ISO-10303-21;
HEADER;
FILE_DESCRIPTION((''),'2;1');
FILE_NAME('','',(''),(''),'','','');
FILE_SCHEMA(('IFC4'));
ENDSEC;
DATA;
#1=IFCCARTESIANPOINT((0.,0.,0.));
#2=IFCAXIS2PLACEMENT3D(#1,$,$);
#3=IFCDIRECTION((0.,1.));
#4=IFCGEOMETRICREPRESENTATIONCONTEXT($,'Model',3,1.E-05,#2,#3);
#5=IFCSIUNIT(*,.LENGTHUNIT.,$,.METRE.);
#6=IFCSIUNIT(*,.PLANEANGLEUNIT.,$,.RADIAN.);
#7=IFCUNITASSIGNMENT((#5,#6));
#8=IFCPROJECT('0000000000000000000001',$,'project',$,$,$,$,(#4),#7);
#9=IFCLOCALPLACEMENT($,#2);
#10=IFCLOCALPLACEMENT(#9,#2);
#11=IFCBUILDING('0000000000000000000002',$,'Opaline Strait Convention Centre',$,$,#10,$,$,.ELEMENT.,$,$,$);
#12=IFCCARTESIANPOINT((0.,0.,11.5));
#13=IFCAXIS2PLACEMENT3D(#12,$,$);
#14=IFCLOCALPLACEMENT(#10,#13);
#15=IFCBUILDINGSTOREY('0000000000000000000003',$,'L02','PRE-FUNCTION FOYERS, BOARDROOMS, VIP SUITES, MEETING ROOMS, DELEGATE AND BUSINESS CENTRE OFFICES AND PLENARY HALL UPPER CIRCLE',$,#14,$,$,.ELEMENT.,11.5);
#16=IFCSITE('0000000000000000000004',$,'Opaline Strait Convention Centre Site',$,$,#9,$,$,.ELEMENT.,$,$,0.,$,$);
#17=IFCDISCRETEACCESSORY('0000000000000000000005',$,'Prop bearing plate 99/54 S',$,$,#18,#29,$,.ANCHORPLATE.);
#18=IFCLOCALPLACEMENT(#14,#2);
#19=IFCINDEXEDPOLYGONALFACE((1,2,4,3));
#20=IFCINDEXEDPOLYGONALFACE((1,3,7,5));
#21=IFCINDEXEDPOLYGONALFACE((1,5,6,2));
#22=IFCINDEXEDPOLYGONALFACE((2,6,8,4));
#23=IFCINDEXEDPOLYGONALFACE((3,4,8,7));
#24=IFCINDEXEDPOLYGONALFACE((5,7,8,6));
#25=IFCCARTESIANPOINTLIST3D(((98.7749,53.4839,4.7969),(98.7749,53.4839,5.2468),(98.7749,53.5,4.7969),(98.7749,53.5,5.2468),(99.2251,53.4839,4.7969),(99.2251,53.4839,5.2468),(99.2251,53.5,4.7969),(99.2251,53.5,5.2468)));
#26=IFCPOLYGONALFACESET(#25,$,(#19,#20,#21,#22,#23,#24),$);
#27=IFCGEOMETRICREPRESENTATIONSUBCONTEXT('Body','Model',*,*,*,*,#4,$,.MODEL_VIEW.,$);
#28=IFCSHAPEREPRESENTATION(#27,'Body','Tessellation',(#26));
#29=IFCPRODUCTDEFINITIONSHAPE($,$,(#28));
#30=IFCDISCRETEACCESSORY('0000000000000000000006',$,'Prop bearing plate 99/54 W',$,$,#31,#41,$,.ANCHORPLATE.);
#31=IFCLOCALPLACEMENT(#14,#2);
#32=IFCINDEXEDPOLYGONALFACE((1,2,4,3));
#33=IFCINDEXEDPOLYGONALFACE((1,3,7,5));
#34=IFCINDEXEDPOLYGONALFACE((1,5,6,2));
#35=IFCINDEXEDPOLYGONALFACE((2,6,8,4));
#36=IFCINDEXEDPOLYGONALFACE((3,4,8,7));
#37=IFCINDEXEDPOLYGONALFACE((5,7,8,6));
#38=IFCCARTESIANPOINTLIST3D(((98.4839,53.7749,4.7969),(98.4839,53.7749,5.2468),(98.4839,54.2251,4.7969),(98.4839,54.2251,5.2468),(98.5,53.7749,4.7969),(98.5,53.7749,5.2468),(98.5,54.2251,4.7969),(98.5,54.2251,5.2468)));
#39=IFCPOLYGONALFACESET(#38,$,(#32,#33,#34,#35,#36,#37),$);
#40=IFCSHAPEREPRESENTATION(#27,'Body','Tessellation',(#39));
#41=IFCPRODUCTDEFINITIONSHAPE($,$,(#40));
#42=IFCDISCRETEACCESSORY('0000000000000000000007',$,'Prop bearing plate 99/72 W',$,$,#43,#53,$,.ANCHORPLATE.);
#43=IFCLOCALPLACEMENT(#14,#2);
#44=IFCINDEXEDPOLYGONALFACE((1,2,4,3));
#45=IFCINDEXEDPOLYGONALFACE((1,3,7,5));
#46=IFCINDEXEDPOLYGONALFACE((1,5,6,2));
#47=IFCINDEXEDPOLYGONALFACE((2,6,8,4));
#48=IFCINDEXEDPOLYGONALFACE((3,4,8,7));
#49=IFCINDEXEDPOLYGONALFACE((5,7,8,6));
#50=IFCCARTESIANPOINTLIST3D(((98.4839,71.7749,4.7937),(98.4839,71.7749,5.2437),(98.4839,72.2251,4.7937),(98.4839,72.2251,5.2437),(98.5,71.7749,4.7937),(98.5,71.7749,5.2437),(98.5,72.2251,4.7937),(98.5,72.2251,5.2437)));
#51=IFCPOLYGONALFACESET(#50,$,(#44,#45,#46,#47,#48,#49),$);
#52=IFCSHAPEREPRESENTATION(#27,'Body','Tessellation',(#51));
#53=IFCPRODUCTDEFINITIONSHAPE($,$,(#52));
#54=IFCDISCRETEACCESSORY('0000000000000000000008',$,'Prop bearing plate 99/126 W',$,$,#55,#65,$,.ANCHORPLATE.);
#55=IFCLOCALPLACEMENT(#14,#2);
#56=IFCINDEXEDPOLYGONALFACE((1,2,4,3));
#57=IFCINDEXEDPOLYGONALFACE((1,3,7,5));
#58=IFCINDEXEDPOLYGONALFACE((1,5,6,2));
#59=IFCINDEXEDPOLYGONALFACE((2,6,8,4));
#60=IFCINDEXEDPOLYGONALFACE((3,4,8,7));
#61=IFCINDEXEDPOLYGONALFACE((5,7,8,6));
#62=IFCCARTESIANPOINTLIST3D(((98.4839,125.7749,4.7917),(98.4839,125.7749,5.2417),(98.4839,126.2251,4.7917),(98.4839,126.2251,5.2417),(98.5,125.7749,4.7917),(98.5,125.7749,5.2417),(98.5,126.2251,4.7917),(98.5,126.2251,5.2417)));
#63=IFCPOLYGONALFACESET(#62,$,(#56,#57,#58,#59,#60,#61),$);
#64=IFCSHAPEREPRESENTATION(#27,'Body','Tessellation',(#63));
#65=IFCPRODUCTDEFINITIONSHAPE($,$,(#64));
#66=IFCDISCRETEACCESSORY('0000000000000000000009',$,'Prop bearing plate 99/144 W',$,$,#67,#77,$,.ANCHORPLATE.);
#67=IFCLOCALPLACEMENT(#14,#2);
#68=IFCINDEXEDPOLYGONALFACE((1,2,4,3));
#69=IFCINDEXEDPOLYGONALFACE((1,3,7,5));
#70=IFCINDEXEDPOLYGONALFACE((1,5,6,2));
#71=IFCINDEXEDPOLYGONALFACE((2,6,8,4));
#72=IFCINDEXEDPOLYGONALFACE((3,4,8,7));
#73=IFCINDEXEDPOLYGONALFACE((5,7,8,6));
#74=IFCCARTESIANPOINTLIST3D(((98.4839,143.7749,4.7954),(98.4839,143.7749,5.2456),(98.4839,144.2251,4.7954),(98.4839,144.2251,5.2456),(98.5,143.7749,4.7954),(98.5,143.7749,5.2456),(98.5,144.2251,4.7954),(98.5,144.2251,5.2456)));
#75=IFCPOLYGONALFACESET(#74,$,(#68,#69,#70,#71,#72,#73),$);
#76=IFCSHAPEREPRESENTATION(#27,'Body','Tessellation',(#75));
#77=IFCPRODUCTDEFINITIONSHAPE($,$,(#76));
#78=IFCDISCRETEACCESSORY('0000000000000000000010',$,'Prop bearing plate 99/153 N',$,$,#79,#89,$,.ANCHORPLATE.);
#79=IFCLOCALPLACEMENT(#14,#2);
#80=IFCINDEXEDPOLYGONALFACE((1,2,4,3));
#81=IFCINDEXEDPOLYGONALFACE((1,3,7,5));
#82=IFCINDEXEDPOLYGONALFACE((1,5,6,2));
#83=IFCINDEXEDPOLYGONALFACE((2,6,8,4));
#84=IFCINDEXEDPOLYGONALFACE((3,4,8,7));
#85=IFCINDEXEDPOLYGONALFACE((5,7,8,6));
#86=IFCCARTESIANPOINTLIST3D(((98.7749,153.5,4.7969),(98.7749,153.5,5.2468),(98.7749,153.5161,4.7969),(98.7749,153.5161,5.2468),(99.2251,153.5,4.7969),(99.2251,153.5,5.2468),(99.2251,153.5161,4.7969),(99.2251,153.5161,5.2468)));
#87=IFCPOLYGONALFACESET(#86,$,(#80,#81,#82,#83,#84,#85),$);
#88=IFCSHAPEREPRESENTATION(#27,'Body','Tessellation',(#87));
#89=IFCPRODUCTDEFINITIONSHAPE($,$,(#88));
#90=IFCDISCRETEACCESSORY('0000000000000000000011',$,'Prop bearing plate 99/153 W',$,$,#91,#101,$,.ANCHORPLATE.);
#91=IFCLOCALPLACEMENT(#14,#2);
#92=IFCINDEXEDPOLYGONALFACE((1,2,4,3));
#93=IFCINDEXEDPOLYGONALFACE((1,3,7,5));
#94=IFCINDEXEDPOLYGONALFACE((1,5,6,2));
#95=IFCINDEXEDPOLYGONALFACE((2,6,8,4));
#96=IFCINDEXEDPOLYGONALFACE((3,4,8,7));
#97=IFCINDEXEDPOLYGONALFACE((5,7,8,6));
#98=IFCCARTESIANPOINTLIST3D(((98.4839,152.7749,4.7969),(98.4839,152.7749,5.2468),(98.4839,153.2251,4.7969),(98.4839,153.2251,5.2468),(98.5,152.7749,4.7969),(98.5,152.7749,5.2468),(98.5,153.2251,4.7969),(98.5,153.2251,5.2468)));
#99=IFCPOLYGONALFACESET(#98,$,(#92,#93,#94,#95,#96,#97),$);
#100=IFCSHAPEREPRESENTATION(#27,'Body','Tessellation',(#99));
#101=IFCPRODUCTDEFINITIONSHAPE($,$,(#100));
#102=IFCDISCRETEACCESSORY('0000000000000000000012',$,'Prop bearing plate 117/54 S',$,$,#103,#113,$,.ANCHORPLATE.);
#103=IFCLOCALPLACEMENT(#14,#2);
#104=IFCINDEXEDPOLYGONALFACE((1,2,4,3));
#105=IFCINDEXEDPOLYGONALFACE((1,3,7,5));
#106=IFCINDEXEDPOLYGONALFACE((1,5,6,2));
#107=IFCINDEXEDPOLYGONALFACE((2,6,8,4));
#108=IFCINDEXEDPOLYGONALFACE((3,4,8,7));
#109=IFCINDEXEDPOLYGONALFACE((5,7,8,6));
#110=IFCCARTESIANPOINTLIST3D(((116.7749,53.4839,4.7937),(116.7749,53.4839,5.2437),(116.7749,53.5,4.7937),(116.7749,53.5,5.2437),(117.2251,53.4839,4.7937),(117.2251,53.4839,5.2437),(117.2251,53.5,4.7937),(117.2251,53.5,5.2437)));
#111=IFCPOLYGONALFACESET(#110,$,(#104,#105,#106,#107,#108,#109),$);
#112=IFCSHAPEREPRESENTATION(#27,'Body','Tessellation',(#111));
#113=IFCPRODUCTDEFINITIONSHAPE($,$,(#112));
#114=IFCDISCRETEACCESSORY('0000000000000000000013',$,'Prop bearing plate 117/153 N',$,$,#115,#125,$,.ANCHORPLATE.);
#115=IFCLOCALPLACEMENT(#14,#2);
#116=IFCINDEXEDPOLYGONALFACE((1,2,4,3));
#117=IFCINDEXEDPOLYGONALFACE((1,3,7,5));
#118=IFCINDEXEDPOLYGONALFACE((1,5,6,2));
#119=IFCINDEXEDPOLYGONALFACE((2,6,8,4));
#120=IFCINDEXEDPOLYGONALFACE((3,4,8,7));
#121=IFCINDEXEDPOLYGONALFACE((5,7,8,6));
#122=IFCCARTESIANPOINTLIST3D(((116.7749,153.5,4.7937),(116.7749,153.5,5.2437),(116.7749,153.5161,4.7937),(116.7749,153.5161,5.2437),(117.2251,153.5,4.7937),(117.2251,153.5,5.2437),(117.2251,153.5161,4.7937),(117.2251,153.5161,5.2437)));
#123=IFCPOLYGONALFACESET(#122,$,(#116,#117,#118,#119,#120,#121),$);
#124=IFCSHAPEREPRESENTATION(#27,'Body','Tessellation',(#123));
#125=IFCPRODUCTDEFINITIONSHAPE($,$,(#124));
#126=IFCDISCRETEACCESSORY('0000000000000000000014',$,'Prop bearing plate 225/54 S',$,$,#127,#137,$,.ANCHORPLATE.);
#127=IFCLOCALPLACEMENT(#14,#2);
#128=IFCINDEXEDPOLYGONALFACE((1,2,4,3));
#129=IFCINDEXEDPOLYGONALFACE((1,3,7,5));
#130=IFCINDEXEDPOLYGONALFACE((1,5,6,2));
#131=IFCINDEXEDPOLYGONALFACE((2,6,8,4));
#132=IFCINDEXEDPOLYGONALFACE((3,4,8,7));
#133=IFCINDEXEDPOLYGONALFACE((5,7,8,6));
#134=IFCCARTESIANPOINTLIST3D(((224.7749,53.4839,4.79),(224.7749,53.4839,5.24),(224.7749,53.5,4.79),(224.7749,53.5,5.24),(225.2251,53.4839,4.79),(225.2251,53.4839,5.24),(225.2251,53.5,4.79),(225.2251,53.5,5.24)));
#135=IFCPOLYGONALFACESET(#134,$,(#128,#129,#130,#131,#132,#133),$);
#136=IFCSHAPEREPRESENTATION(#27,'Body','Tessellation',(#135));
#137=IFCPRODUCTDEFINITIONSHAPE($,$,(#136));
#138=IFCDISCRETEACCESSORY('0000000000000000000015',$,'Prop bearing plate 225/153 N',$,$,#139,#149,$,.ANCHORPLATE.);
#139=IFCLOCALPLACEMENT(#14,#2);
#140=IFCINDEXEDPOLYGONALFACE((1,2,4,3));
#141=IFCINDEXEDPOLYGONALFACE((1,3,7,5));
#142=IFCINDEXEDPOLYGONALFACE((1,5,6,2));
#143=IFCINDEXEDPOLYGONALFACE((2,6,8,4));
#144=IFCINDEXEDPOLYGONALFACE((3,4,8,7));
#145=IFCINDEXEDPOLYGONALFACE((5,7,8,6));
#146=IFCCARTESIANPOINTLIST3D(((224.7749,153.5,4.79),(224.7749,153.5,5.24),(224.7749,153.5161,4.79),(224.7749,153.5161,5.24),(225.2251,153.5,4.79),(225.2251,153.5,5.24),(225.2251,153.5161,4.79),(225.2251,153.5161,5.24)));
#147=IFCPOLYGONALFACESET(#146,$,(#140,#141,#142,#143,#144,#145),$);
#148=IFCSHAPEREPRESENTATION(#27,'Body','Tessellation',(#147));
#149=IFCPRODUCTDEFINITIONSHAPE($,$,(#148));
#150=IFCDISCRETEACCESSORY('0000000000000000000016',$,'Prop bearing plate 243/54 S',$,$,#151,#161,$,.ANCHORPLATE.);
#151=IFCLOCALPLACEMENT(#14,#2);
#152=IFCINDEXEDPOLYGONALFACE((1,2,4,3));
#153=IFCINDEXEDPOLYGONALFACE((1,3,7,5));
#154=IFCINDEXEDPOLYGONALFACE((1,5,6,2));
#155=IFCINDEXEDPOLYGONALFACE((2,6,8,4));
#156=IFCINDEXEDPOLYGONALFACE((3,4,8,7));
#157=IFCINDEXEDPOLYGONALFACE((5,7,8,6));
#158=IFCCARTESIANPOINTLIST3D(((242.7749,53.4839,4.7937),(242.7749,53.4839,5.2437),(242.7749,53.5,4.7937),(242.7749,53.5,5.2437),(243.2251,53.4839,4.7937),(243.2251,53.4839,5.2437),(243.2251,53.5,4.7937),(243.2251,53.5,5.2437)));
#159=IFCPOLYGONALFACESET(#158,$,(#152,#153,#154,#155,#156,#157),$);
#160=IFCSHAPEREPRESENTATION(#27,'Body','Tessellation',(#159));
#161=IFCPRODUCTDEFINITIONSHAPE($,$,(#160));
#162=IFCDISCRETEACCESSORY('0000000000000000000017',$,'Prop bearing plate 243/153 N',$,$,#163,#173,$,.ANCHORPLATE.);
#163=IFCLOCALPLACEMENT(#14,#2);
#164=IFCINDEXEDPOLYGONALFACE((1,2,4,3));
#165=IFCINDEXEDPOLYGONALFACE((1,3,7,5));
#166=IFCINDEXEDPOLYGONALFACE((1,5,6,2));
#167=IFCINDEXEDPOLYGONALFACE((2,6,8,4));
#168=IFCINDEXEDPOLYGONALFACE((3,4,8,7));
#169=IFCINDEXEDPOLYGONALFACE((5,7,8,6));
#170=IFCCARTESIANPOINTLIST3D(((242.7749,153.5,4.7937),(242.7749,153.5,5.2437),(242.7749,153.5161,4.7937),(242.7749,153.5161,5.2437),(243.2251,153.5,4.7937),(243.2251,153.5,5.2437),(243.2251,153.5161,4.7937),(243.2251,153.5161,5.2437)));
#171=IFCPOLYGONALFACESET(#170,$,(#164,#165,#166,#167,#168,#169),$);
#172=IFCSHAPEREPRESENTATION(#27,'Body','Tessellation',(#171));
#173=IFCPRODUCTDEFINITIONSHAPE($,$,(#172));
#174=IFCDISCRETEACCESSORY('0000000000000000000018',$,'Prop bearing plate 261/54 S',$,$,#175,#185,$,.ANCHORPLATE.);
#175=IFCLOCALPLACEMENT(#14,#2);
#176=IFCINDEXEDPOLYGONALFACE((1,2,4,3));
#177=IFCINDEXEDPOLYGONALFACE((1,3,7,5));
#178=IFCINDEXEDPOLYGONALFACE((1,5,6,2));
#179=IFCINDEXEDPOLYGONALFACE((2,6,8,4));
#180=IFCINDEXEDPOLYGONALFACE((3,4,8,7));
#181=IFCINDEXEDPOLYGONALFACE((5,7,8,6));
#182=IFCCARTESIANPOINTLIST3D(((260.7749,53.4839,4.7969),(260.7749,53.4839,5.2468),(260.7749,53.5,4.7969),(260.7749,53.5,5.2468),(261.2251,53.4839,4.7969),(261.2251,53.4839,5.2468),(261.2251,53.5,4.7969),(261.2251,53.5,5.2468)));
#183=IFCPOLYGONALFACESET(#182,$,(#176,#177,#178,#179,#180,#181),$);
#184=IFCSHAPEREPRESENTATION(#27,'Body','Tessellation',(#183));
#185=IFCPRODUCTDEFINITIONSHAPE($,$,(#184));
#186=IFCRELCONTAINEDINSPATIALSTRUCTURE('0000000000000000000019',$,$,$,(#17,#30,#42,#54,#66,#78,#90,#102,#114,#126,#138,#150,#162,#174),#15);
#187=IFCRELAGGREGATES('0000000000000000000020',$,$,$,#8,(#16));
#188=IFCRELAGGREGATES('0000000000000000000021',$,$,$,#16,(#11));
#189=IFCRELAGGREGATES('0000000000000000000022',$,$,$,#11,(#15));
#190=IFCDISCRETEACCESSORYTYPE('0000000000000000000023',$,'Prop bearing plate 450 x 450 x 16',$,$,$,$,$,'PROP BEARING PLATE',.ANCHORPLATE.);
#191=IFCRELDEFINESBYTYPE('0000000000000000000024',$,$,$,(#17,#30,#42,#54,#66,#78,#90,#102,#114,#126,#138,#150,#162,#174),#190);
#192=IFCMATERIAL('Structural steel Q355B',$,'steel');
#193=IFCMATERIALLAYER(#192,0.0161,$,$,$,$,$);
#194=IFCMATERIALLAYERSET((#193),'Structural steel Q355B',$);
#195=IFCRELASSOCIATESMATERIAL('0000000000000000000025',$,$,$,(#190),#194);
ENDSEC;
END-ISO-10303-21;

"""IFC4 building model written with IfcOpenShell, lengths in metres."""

from ifc_helpers import new_model, si_unit, direction, frame, origin, place, context, subcontext, project, spatial, polyline, outline, extrude, material, layer, layer_set, type_object, element, save


model = new_model("IFC4")

# Units and contexts
model_context = context("Model", 3, precision=1e-05, world=origin(), true_north=direction((0.0, 1.0)))
body_context = subcontext(model_context, "Body", "Model", "MODEL_VIEW")
ifc_project = project(units=[si_unit("LENGTHUNIT", "METRE"), si_unit("PLANEANGLEUNIT", "RADIAN")], contexts=[model_context])

# Site, building, storey
site_placement = place(None, origin())
site = spatial("IfcSite", under=ifc_project, at=site_placement, Name="Opaline Strait Convention Centre Site", CompositionType="ELEMENT", RefElevation=0.0)
building_placement = place(site_placement, origin())
building = spatial("IfcBuilding", under=site, at=building_placement, Name="Opaline Strait Convention Centre", CompositionType="ELEMENT")
storey_placement = place(building_placement, frame((0.0, 0.0, 11.5)))
storey = spatial("IfcBuildingStorey", under=building, at=storey_placement, Name="L02", Description="PRE-FUNCTION FOYERS, BOARDROOMS, VIP SUITES, MEETING ROOMS, DELEGATE AND BUSINESS CENTRE OFFICES AND PLENARY HALL UPPER CIRCLE", CompositionType="ELEMENT", Elevation=11.5)

# Discrete accessories
ifc_material_1 = material(Name="Structural steel Q355B", Category="steel")
ifc_layer = layer(ifc_material_1, 0.0161)
ifc_layer_set = layer_set([ifc_layer], Name="Structural steel Q355B")
discrete_accessory_type_1 = type_object("IfcDiscreteAccessoryType", Name="Prop bearing plate 450 x 450 x 16", ElementType="PROP BEARING PLATE", PredefinedType="ANCHORPLATE", material=ifc_layer_set)
discrete_accessory_1_placement = place(storey_placement, frame((0.0, 0.0, 4.7969)))
element("IfcDiscreteAccessory", 1, at=discrete_accessory_1_placement, inside=storey, type_object=discrete_accessory_type_1, Name="Prop bearing plate 99/54 S", PredefinedType="ANCHORPLATE", context=body_context, shape_type="SweptSolid", body=[
    extrude(outline(polyline([(98.7749, 53.4839), (99.2251, 53.4839), (99.2251, 53.5), (98.7749, 53.5), (98.7749, 53.4839)])), origin(), (0.0, 0.0, 1.0), 0.45),
])
discrete_accessory_2_placement = place(storey_placement, frame((0.0, 0.0, 4.7969)))
element("IfcDiscreteAccessory", 2, at=discrete_accessory_2_placement, inside=storey, type_object=discrete_accessory_type_1, Name="Prop bearing plate 99/54 W", PredefinedType="ANCHORPLATE", context=body_context, shape_type="SweptSolid", body=[
    extrude(outline(polyline([(98.4839, 53.7749), (98.5, 53.7749), (98.5, 54.2251), (98.4839, 54.2251), (98.4839, 53.7749)])), origin(), (0.0, 0.0, 1.0), 0.45),
])
discrete_accessory_3_placement = place(storey_placement, frame((0.0, 0.0, 4.7937)))
element("IfcDiscreteAccessory", 3, at=discrete_accessory_3_placement, inside=storey, type_object=discrete_accessory_type_1, Name="Prop bearing plate 99/72 W", PredefinedType="ANCHORPLATE", context=body_context, shape_type="SweptSolid", body=[
    extrude(outline(polyline([(98.4839, 71.7749), (98.5, 71.7749), (98.5, 72.2251), (98.4839, 72.2251), (98.4839, 71.7749)])), origin(), (0.0, 0.0, 1.0), 0.45),
])
discrete_accessory_4_placement = place(storey_placement, frame((0.0, 0.0, 4.7917)))
element("IfcDiscreteAccessory", 4, at=discrete_accessory_4_placement, inside=storey, type_object=discrete_accessory_type_1, Name="Prop bearing plate 99/126 W", PredefinedType="ANCHORPLATE", context=body_context, shape_type="SweptSolid", body=[
    extrude(outline(polyline([(98.4839, 125.7749), (98.5, 125.7749), (98.5, 126.2251), (98.4839, 126.2251), (98.4839, 125.7749)])), origin(), (0.0, 0.0, 1.0), 0.45),
])
discrete_accessory_5_placement = place(storey_placement, frame((0.0, 0.0, 4.7954)))
element("IfcDiscreteAccessory", 5, at=discrete_accessory_5_placement, inside=storey, type_object=discrete_accessory_type_1, Name="Prop bearing plate 99/144 W", PredefinedType="ANCHORPLATE", context=body_context, shape_type="SweptSolid", body=[
    extrude(outline(polyline([(98.4839, 143.7749), (98.5, 143.7749), (98.5, 144.2251), (98.4839, 144.2251), (98.4839, 143.7749)])), origin(), (0.0, 0.0, 1.0), 0.4502),
])
discrete_accessory_6_placement = place(storey_placement, frame((0.0, 0.0, 4.7969)))
element("IfcDiscreteAccessory", 6, at=discrete_accessory_6_placement, inside=storey, type_object=discrete_accessory_type_1, Name="Prop bearing plate 99/153 N", PredefinedType="ANCHORPLATE", context=body_context, shape_type="SweptSolid", body=[
    extrude(outline(polyline([(98.7749, 153.5), (99.2251, 153.5), (99.2251, 153.5161), (98.7749, 153.5161), (98.7749, 153.5)])), origin(), (0.0, 0.0, 1.0), 0.45),
])
discrete_accessory_7_placement = place(storey_placement, frame((0.0, 0.0, 4.7969)))
element("IfcDiscreteAccessory", 7, at=discrete_accessory_7_placement, inside=storey, type_object=discrete_accessory_type_1, Name="Prop bearing plate 99/153 W", PredefinedType="ANCHORPLATE", context=body_context, shape_type="SweptSolid", body=[
    extrude(outline(polyline([(98.4839, 152.7749), (98.5, 152.7749), (98.5, 153.2251), (98.4839, 153.2251), (98.4839, 152.7749)])), origin(), (0.0, 0.0, 1.0), 0.45),
])
discrete_accessory_8_placement = place(storey_placement, frame((0.0, 0.0, 4.7937)))
element("IfcDiscreteAccessory", 8, at=discrete_accessory_8_placement, inside=storey, type_object=discrete_accessory_type_1, Name="Prop bearing plate 117/54 S", PredefinedType="ANCHORPLATE", context=body_context, shape_type="SweptSolid", body=[
    extrude(outline(polyline([(116.7749, 53.4839), (117.2251, 53.4839), (117.2251, 53.5), (116.7749, 53.5), (116.7749, 53.4839)])), origin(), (0.0, 0.0, 1.0), 0.45),
])
discrete_accessory_9_placement = place(storey_placement, frame((0.0, 0.0, 4.7937)))
element("IfcDiscreteAccessory", 9, at=discrete_accessory_9_placement, inside=storey, type_object=discrete_accessory_type_1, Name="Prop bearing plate 117/153 N", PredefinedType="ANCHORPLATE", context=body_context, shape_type="SweptSolid", body=[
    extrude(outline(polyline([(116.7749, 153.5), (117.2251, 153.5), (117.2251, 153.5161), (116.7749, 153.5161), (116.7749, 153.5)])), origin(), (0.0, 0.0, 1.0), 0.45),
])
discrete_accessory_10_placement = place(storey_placement, frame((0.0, 0.0, 4.79)))
element("IfcDiscreteAccessory", 10, at=discrete_accessory_10_placement, inside=storey, type_object=discrete_accessory_type_1, Name="Prop bearing plate 225/54 S", PredefinedType="ANCHORPLATE", context=body_context, shape_type="SweptSolid", body=[
    extrude(outline(polyline([(224.7749, 53.4839), (225.2251, 53.4839), (225.2251, 53.5), (224.7749, 53.5), (224.7749, 53.4839)])), origin(), (0.0, 0.0, 1.0), 0.45),
])
discrete_accessory_11_placement = place(storey_placement, frame((0.0, 0.0, 4.79)))
element("IfcDiscreteAccessory", 11, at=discrete_accessory_11_placement, inside=storey, type_object=discrete_accessory_type_1, Name="Prop bearing plate 225/153 N", PredefinedType="ANCHORPLATE", context=body_context, shape_type="SweptSolid", body=[
    extrude(outline(polyline([(224.7749, 153.5), (225.2251, 153.5), (225.2251, 153.5161), (224.7749, 153.5161), (224.7749, 153.5)])), origin(), (0.0, 0.0, 1.0), 0.45),
])
discrete_accessory_12_placement = place(storey_placement, frame((0.0, 0.0, 4.7937)))
element("IfcDiscreteAccessory", 12, at=discrete_accessory_12_placement, inside=storey, type_object=discrete_accessory_type_1, Name="Prop bearing plate 243/54 S", PredefinedType="ANCHORPLATE", context=body_context, shape_type="SweptSolid", body=[
    extrude(outline(polyline([(242.7749, 53.4839), (243.2251, 53.4839), (243.2251, 53.5), (242.7749, 53.5), (242.7749, 53.4839)])), origin(), (0.0, 0.0, 1.0), 0.45),
])
discrete_accessory_13_placement = place(storey_placement, frame((0.0, 0.0, 4.7937)))
element("IfcDiscreteAccessory", 13, at=discrete_accessory_13_placement, inside=storey, type_object=discrete_accessory_type_1, Name="Prop bearing plate 243/153 N", PredefinedType="ANCHORPLATE", context=body_context, shape_type="SweptSolid", body=[
    extrude(outline(polyline([(242.7749, 153.5), (243.2251, 153.5), (243.2251, 153.5161), (242.7749, 153.5161), (242.7749, 153.5)])), origin(), (0.0, 0.0, 1.0), 0.45),
])
discrete_accessory_14_placement = place(storey_placement, frame((0.0, 0.0, 4.7969)))
element("IfcDiscreteAccessory", 14, at=discrete_accessory_14_placement, inside=storey, type_object=discrete_accessory_type_1, Name="Prop bearing plate 261/54 S", PredefinedType="ANCHORPLATE", context=body_context, shape_type="SweptSolid", body=[
    extrude(outline(polyline([(260.7749, 53.4839), (261.2251, 53.4839), (261.2251, 53.5), (260.7749, 53.5), (260.7749, 53.4839)])), origin(), (0.0, 0.0, 1.0), 0.45),
])

save(model, "model.ifc")
